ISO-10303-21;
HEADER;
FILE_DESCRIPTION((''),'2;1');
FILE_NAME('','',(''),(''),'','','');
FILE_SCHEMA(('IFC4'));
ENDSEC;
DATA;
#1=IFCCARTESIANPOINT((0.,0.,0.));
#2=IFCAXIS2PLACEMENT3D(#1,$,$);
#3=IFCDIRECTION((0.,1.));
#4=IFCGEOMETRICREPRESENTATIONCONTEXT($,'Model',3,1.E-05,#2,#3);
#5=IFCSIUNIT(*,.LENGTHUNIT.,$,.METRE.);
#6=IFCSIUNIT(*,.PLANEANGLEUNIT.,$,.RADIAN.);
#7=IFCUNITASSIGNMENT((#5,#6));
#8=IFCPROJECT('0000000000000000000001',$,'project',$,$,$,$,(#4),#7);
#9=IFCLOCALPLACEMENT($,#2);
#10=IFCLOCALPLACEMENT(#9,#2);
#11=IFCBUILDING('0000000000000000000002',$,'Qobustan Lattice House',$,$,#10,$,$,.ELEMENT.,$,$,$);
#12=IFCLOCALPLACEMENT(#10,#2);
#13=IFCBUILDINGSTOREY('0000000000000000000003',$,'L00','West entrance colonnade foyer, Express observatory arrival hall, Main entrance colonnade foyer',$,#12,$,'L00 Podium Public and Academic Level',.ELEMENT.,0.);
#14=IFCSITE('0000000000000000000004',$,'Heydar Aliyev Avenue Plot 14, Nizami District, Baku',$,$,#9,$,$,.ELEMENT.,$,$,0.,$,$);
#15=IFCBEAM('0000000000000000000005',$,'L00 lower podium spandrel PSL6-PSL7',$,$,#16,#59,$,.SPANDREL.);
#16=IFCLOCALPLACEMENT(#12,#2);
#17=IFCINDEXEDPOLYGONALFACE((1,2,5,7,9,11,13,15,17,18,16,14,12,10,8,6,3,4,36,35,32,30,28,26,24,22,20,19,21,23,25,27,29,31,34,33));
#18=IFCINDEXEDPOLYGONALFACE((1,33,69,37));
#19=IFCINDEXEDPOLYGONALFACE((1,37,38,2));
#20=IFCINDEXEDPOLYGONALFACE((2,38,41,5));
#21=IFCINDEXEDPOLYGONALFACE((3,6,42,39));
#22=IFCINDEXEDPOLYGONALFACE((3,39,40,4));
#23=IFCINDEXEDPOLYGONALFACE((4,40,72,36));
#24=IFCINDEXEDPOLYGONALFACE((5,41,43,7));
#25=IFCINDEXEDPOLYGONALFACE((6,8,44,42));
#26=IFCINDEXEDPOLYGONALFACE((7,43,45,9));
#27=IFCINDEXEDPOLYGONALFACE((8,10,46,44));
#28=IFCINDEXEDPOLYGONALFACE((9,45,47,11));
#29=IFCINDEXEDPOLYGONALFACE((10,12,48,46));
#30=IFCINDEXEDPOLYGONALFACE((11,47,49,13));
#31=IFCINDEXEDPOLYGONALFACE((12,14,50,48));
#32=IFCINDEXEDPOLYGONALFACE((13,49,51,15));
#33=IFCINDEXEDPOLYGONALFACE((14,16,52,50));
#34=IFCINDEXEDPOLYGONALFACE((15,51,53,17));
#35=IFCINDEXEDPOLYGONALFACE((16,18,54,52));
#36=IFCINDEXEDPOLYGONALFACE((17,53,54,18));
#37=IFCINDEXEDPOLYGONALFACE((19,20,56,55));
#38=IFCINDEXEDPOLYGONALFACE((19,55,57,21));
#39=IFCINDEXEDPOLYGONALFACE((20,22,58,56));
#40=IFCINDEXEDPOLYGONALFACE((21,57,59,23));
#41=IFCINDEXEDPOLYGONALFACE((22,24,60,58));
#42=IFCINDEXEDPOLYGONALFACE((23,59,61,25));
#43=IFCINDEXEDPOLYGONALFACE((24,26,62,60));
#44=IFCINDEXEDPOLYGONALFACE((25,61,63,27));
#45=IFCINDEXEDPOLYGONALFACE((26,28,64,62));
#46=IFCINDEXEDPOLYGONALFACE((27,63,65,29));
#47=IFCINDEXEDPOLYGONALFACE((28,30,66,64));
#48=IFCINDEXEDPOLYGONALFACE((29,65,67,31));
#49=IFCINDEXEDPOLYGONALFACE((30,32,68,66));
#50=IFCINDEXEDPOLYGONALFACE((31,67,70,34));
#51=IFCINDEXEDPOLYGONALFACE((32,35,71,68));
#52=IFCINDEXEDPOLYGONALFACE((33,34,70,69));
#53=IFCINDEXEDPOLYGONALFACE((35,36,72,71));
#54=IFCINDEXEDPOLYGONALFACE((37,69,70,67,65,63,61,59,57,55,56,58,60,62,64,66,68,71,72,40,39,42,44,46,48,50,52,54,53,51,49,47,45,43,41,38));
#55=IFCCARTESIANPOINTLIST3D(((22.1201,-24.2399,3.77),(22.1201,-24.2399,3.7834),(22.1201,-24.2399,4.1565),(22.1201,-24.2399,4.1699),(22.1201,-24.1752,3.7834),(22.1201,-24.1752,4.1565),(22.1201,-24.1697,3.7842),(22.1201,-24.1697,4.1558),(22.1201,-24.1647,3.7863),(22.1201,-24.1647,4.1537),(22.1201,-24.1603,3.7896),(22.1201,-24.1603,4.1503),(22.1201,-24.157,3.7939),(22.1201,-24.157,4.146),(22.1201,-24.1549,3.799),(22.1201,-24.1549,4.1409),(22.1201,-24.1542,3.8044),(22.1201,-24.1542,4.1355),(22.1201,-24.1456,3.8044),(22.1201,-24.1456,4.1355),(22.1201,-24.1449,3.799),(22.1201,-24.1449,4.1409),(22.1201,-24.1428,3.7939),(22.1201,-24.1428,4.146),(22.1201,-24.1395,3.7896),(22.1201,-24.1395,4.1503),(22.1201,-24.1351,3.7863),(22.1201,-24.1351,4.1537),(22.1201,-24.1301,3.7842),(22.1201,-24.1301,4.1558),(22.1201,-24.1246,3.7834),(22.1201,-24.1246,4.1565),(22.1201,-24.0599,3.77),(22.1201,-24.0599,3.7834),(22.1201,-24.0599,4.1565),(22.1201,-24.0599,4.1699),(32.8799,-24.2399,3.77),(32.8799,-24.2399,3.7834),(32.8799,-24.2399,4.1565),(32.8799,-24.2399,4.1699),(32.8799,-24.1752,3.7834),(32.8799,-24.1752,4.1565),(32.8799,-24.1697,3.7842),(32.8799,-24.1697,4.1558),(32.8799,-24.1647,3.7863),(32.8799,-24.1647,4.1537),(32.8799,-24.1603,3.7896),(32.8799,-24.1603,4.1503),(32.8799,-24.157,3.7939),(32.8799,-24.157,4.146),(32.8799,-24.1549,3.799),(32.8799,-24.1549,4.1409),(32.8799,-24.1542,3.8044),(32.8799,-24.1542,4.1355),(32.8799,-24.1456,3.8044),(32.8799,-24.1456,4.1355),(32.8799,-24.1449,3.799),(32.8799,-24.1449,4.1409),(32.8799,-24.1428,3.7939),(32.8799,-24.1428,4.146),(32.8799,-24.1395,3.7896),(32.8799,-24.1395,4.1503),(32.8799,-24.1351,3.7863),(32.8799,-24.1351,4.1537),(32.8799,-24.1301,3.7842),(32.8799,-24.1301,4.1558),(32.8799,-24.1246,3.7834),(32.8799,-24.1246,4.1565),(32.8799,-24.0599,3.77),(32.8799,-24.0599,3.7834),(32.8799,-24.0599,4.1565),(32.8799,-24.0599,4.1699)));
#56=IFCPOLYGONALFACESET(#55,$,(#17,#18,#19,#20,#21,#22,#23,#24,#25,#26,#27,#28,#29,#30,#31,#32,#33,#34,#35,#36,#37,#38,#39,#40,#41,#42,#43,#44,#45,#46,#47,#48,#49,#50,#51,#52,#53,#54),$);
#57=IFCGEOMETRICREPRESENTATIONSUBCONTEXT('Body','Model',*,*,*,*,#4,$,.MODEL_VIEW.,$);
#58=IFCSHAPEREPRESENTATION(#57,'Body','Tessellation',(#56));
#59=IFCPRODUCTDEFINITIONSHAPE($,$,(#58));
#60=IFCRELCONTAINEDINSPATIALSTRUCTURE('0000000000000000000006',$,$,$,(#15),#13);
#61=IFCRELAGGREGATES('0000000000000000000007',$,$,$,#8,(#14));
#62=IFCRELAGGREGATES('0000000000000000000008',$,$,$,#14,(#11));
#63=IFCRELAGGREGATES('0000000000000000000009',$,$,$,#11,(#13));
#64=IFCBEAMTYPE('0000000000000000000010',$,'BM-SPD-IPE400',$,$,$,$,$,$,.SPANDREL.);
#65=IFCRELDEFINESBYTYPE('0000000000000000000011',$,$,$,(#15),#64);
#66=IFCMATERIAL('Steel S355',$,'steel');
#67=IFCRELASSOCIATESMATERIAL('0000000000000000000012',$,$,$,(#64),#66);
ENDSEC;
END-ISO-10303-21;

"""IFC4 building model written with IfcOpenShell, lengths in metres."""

from ifc_helpers import new_model, si_unit, direction, frame, origin, origin_2d, place, context, subcontext, project, spatial, i_section, extrude, material, material_profile, profile_set, type_object, element, save


model = new_model("IFC4")

# Units and contexts
model_context = context("Model", 3, precision=1e-05, world=origin(), true_north=direction((0.0, 1.0)))
body_context = subcontext(model_context, "Body", "Model", "MODEL_VIEW")
ifc_project = project(units=[si_unit("LENGTHUNIT", "METRE"), si_unit("PLANEANGLEUNIT", "RADIAN")], contexts=[model_context])

# Site, building, storey
site_placement = place(None, origin())
site = spatial("IfcSite", under=ifc_project, at=site_placement, Name="Heydar Aliyev Avenue Plot 14, Nizami District, Baku", CompositionType="ELEMENT", RefElevation=0.0)
building_placement = place(site_placement, origin())
building = spatial("IfcBuilding", under=site, at=building_placement, Name="Qobustan Lattice House", CompositionType="ELEMENT")
storey_placement = place(building_placement, origin())
storey = spatial("IfcBuildingStorey", under=building, at=storey_placement, Name="L00", Description="West entrance colonnade foyer, Express observatory arrival hall, Main entrance colonnade foyer", LongName="L00 Podium Public and Academic Level", CompositionType="ELEMENT", Elevation=0.0)

# Beam
ifc_material_1 = material(Name="Steel S355", Category="steel")
ifc_material_profile_1 = material_profile(ifc_material_1, i_section(OverallWidth=0.1799, OverallDepth=0.3999, WebThickness=0.0085, FlangeThickness=0.0134, FilletRadius=0.021, at=origin_2d()), Name="IPE400")
ifc_profile_set_1 = profile_set([ifc_material_profile_1], Name="Steel S355")
beam_type_1 = type_object("IfcBeamType", Name="BM-SPD-IPE400", PredefinedType="SPANDREL", material=ifc_profile_set_1)
for number, where, z_axis, x_axis, name in (
    (1, (22.1201, -24.1499, 3.97), (1.0, 0.0, 0.0), (0.0, 1.0, 0.0), "L00 lower podium spandrel PSL6-PSL7"),
):
    element("IfcBeam", number, at=place(storey_placement, frame(where, z_axis=z_axis, x_axis=x_axis)), inside=storey, type_object=beam_type_1, Name=name, PredefinedType="SPANDREL", context=body_context, shape_type="SweptSolid", body=[
        extrude(i_section(OverallWidth=0.1799, OverallDepth=0.3999, WebThickness=0.0085, FlangeThickness=0.0134, FilletRadius=0.021, at=origin_2d()), origin(), (0.0, 0.0, 1.0), 10.7598),
    ])

save(model, "model.ifc")
